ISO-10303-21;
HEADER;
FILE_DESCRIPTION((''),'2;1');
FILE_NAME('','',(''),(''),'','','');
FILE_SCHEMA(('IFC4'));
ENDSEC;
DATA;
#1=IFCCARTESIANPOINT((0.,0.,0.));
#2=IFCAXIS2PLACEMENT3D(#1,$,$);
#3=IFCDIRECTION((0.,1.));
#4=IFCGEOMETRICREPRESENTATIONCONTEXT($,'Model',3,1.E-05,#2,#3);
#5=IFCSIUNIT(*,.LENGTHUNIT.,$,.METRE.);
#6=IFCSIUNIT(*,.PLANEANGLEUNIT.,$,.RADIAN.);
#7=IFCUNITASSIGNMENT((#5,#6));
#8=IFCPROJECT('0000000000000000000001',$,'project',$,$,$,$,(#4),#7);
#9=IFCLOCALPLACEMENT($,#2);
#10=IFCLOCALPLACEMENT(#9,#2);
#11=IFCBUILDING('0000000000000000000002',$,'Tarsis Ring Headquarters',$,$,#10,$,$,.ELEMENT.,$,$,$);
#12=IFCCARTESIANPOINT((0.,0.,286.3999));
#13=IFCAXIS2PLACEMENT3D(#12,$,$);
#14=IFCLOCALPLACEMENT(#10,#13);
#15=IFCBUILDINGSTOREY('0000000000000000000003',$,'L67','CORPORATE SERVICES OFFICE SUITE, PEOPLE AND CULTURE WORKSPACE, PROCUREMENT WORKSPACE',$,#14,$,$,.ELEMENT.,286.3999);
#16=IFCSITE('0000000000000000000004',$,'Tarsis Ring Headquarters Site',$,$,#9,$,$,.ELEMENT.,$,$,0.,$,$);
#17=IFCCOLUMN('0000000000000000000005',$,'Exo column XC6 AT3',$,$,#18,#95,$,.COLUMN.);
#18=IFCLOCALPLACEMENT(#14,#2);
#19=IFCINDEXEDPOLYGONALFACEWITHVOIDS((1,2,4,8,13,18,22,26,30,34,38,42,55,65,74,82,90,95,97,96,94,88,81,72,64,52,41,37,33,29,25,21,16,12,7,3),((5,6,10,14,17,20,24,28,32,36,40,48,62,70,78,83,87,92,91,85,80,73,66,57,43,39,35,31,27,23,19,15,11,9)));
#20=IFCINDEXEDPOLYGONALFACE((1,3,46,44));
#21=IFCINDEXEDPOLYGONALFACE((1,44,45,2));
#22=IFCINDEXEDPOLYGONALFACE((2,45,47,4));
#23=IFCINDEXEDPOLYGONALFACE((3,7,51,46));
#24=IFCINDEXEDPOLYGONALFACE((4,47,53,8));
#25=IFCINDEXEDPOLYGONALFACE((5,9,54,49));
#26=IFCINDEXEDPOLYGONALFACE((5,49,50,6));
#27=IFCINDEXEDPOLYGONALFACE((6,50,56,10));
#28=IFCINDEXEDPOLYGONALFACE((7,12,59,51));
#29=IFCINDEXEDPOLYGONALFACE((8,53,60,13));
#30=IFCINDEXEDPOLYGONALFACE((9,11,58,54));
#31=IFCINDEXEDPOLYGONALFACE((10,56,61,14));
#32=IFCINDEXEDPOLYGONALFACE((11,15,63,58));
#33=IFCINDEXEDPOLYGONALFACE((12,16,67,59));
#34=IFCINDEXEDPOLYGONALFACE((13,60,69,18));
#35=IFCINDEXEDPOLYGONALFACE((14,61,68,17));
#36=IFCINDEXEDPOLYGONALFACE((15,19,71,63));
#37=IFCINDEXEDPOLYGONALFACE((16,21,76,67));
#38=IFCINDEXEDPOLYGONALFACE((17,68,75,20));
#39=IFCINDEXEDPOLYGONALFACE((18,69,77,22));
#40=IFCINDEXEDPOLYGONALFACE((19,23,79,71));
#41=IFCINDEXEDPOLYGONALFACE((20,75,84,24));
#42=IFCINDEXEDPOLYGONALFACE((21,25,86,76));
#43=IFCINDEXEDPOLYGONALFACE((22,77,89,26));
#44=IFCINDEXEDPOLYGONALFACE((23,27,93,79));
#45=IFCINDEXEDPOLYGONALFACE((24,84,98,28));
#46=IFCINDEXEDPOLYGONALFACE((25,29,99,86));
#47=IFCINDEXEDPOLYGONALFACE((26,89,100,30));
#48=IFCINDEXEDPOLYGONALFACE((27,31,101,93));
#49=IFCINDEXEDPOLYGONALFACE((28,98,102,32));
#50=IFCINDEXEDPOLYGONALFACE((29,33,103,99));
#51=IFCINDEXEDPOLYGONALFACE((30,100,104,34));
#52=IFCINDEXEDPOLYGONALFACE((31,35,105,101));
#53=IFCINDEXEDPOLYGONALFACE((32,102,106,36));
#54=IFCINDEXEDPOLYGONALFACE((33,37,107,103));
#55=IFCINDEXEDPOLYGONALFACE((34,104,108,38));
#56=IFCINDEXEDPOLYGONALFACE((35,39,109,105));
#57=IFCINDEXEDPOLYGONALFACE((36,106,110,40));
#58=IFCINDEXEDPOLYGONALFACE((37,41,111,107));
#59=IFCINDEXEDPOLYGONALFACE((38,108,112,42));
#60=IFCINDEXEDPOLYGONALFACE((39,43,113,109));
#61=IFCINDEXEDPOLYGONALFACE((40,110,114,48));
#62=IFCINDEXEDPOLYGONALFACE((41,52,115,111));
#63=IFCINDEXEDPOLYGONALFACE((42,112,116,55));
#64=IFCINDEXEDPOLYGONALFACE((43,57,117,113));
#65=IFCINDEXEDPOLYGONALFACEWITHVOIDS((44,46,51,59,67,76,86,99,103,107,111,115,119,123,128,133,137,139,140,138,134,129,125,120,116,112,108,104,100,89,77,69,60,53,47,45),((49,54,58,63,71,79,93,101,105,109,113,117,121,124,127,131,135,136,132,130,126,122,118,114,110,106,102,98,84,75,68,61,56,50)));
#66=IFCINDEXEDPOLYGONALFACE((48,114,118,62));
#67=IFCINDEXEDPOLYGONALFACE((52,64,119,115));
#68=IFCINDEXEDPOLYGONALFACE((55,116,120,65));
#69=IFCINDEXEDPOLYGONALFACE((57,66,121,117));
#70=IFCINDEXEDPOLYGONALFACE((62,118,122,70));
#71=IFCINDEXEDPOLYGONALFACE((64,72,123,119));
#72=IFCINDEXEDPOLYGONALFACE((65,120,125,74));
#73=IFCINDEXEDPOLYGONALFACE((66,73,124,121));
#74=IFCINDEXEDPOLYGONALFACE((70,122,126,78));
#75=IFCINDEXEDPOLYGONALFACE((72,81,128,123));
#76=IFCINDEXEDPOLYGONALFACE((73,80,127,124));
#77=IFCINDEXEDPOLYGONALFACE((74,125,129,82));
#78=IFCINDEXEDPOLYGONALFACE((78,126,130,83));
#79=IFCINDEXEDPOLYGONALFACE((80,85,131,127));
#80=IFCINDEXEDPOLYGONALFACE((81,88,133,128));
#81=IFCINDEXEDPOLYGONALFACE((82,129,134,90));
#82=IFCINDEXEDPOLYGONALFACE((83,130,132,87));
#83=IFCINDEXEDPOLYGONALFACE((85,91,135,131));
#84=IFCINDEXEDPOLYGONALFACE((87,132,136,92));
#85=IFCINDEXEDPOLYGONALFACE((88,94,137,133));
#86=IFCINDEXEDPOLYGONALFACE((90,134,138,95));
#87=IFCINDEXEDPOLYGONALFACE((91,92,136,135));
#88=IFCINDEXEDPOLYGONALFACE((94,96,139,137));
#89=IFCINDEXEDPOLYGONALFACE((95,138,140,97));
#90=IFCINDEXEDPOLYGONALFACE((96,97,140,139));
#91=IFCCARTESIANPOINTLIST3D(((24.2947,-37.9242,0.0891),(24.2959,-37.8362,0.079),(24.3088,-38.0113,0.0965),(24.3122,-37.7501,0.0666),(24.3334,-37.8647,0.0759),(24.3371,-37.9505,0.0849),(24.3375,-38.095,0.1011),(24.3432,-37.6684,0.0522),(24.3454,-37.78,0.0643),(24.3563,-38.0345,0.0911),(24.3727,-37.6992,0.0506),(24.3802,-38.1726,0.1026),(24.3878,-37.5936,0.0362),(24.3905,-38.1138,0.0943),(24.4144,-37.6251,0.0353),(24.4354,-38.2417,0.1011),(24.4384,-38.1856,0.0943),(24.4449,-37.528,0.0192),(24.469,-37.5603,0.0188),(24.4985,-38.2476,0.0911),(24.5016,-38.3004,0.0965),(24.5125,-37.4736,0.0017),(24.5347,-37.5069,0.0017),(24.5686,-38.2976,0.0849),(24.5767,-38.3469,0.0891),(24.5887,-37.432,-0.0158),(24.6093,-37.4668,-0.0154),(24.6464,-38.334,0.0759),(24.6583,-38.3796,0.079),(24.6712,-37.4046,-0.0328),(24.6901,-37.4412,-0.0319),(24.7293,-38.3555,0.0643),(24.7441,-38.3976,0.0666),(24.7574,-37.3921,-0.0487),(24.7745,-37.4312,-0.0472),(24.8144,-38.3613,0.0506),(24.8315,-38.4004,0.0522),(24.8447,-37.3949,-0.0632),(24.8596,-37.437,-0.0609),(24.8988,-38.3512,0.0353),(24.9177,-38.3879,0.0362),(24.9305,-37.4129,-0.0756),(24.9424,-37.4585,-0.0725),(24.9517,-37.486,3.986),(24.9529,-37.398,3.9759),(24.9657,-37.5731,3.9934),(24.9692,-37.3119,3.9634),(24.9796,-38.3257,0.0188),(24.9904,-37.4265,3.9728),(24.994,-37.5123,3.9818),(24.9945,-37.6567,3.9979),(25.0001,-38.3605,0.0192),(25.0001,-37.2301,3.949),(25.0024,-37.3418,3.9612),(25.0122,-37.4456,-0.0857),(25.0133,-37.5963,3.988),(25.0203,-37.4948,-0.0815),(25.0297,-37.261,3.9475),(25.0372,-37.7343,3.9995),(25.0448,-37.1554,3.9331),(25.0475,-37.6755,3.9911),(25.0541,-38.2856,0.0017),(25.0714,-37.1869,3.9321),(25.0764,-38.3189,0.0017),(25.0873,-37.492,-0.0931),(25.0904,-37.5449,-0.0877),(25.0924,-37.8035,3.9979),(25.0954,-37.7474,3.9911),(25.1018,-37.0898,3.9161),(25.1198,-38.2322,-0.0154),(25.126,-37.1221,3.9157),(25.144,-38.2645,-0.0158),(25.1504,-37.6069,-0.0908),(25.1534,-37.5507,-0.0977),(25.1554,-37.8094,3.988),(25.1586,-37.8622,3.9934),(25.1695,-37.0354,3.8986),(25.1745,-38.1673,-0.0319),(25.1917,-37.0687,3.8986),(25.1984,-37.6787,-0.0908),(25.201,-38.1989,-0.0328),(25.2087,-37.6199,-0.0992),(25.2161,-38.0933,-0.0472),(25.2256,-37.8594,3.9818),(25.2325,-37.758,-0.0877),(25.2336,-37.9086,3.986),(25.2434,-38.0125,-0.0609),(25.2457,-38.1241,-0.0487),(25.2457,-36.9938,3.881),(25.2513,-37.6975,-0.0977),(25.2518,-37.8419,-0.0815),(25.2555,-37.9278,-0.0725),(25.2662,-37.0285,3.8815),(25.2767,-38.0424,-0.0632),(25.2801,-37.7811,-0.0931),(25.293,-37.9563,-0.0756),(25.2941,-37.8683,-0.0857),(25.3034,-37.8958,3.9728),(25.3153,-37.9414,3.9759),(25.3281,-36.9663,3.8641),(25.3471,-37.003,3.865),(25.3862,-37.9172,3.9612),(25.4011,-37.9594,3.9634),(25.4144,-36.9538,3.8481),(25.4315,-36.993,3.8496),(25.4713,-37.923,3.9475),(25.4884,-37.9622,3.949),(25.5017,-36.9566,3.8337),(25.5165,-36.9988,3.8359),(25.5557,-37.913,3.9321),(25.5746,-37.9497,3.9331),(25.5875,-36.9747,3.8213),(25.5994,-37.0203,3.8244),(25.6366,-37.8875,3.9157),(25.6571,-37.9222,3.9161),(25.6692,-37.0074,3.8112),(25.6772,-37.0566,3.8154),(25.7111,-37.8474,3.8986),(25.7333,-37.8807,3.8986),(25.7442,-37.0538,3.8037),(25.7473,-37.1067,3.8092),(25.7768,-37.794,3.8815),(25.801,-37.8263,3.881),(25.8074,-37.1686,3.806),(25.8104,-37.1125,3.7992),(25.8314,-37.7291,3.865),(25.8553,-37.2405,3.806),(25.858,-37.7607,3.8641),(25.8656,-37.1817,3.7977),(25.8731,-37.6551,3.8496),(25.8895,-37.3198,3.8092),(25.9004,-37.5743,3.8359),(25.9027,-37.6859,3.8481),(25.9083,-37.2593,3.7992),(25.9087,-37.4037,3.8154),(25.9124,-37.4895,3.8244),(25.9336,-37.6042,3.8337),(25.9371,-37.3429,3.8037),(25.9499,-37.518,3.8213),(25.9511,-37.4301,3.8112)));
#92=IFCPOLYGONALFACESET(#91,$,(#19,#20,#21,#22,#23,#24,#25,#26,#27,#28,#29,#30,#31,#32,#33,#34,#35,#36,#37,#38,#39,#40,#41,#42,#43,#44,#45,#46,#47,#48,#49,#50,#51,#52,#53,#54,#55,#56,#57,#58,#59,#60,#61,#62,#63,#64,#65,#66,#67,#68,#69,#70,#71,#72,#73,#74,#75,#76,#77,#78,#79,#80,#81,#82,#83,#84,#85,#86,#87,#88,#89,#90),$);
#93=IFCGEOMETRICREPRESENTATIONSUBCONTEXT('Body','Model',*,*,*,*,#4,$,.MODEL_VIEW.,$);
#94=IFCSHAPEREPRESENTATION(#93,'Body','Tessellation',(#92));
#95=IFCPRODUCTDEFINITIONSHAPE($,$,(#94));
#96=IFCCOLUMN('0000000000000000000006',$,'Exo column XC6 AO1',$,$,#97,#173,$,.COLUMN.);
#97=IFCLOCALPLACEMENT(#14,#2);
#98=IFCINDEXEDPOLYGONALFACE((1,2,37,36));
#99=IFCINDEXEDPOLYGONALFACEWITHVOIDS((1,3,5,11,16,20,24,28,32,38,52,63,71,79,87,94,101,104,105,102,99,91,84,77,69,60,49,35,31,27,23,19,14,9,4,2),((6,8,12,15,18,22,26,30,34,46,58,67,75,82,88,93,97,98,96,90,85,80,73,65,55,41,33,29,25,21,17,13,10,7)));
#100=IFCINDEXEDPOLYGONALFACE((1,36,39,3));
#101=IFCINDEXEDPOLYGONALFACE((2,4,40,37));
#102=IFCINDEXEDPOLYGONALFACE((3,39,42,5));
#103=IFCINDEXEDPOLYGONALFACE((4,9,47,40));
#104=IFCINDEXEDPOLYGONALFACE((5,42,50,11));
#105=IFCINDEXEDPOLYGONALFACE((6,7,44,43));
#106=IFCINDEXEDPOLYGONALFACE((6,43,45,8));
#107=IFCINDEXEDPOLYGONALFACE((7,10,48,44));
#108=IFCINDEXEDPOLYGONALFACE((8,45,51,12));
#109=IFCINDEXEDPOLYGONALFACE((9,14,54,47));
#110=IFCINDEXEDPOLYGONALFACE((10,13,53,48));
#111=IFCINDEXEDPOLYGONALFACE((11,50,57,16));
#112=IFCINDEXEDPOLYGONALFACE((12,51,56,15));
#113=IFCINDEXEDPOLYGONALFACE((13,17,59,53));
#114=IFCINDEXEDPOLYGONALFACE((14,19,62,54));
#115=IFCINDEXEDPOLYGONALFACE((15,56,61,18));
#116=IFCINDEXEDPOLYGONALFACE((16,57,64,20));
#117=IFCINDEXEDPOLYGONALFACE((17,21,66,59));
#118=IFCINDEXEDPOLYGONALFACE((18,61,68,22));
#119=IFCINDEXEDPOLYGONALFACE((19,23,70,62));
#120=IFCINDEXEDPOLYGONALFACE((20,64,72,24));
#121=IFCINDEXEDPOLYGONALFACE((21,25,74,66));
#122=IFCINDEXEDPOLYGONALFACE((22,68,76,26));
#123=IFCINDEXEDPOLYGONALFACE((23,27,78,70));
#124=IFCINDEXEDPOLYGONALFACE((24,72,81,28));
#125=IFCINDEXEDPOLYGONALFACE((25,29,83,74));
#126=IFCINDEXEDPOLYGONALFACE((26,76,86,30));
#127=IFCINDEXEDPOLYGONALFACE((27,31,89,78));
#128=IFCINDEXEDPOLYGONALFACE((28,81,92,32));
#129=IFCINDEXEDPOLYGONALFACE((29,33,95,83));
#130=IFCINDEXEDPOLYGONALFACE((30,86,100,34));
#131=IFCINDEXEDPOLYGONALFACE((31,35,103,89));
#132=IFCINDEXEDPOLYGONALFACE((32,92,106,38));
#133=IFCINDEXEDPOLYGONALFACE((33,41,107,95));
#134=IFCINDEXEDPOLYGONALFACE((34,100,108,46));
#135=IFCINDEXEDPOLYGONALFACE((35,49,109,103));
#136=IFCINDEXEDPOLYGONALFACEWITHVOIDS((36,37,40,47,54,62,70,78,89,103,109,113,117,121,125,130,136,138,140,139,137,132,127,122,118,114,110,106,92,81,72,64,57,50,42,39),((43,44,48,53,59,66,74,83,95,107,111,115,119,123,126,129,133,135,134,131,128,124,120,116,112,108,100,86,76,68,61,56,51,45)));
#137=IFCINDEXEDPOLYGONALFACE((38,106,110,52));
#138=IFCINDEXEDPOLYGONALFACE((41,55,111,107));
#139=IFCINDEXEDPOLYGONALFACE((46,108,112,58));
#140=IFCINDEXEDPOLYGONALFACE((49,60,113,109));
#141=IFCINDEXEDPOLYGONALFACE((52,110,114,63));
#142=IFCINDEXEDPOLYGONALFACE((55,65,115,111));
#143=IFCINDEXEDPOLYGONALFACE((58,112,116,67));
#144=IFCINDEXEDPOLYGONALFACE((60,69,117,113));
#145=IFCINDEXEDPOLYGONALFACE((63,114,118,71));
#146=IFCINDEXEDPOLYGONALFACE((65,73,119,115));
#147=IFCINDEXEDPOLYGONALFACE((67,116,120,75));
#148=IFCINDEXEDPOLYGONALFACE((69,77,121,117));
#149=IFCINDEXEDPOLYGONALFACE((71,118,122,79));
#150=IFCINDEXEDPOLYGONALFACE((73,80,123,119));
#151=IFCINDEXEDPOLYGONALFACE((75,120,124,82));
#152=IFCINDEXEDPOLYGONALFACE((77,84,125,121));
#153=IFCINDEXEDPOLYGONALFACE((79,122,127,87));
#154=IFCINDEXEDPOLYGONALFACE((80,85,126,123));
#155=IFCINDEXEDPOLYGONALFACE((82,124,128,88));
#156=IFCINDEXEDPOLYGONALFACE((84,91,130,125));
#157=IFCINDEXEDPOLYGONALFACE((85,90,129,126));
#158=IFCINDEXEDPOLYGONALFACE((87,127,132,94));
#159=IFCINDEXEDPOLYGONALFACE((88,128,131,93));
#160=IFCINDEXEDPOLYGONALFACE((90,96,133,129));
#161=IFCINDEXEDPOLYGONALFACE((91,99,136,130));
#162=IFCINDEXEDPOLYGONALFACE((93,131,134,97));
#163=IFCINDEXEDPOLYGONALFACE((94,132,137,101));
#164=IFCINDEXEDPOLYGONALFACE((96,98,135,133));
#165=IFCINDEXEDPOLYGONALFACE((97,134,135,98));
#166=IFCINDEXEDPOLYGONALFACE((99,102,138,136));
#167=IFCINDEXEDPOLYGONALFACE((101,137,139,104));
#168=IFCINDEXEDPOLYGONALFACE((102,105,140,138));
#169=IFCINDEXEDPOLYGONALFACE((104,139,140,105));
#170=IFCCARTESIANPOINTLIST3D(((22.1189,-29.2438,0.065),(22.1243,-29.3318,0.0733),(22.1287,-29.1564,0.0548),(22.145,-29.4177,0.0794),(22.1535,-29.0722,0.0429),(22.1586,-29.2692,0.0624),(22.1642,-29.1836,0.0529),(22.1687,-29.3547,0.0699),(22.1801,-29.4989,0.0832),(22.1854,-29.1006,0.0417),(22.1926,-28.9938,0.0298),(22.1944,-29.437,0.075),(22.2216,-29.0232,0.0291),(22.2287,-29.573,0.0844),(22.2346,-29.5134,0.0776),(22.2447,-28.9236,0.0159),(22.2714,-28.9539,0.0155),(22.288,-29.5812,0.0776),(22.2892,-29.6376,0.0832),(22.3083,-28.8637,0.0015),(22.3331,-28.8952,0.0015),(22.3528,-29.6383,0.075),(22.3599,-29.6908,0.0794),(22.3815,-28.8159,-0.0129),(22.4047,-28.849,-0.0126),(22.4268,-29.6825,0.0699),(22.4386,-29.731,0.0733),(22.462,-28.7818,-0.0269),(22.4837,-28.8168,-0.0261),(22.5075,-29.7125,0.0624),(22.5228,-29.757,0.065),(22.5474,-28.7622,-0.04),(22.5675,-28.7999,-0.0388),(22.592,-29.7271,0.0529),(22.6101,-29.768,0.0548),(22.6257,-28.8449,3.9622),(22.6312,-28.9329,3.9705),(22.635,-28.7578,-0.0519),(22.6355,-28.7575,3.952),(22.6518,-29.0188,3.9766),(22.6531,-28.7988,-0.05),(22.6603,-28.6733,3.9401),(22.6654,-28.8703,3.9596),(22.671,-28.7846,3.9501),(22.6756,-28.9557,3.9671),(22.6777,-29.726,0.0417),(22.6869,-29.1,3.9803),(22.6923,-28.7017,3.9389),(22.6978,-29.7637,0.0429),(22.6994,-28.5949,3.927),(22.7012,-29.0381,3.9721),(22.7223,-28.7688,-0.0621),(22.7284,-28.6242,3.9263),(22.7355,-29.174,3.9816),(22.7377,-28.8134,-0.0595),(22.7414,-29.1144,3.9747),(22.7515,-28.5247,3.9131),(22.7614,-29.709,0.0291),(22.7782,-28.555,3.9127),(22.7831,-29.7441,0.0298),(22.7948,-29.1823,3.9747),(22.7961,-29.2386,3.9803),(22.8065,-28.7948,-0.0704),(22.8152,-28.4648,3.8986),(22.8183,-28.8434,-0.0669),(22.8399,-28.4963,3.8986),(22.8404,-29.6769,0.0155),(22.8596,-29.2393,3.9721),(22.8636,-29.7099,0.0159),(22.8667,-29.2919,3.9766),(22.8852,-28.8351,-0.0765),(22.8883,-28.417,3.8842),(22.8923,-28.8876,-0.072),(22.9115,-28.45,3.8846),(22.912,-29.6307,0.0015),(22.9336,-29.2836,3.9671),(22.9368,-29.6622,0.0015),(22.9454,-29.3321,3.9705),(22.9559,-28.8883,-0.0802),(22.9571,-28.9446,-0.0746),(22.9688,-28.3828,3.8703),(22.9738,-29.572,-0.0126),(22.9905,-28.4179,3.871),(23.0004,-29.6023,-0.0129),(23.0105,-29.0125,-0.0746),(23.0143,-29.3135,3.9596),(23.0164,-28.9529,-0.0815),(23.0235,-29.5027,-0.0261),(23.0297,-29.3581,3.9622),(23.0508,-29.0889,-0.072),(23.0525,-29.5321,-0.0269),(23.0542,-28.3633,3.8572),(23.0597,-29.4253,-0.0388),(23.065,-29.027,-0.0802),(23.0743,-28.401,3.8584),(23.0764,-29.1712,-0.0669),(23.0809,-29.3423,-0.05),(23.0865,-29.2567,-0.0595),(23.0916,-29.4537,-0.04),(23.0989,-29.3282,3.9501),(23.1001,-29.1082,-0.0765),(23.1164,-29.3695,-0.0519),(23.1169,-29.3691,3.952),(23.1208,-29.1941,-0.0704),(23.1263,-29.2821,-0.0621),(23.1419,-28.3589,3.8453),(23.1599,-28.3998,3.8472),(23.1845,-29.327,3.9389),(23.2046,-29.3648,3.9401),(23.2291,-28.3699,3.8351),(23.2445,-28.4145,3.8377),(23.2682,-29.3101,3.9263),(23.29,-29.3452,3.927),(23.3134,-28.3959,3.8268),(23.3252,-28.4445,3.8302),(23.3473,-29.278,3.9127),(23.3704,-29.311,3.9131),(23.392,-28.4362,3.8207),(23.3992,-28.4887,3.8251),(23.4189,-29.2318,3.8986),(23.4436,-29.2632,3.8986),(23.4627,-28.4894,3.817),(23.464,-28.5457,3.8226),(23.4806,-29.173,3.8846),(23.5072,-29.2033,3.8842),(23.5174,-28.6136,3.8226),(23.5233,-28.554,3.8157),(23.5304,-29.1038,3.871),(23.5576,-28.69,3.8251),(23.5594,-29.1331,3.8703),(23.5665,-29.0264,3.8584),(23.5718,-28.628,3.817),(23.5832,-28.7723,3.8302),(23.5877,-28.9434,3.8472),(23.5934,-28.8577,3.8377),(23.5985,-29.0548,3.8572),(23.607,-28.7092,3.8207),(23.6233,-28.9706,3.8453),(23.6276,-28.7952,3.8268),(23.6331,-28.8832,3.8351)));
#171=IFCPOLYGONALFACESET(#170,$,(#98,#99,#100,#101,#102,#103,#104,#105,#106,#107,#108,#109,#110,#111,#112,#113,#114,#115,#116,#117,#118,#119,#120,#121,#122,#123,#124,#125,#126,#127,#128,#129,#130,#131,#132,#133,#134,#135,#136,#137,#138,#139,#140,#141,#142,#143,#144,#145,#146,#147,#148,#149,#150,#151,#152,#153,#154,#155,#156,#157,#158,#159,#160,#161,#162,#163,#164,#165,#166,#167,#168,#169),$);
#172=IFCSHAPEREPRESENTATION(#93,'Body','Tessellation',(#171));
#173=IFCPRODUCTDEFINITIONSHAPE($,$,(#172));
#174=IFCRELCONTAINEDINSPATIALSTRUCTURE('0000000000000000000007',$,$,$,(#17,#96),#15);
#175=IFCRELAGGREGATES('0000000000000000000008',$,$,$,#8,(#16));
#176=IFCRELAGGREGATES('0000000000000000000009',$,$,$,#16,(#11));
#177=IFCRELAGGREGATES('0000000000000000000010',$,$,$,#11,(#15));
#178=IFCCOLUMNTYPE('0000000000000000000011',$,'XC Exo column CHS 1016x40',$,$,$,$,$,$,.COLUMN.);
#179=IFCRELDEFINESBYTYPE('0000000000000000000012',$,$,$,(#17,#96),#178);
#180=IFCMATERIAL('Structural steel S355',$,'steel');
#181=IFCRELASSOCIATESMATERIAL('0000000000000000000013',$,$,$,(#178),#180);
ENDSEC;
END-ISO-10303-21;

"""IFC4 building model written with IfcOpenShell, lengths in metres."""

from ifc_helpers import new_model, si_unit, direction, frame, origin, origin_2d, place, context, subcontext, project, spatial, hollow_circle, extrude, material, material_profile, profile_set, type_object, element, save


model = new_model("IFC4")

# Units and contexts
model_context = context("Model", 3, precision=1e-05, world=origin(), true_north=direction((0.0, 1.0)))
body_context = subcontext(model_context, "Body", "Model", "MODEL_VIEW")
ifc_project = project(units=[si_unit("LENGTHUNIT", "METRE"), si_unit("PLANEANGLEUNIT", "RADIAN")], contexts=[model_context])

# Site, building, storey
site_placement = place(None, origin())
site = spatial("IfcSite", under=ifc_project, at=site_placement, Name="Tarsis Ring Headquarters Site", CompositionType="ELEMENT", RefElevation=0.0)
building_placement = place(site_placement, origin())
building = spatial("IfcBuilding", under=site, at=building_placement, Name="Tarsis Ring Headquarters", CompositionType="ELEMENT")
storey_placement = place(building_placement, frame((0.0, 0.0, 286.3999)))
storey = spatial("IfcBuildingStorey", under=building, at=storey_placement, Name="L67", Description="CORPORATE SERVICES OFFICE SUITE, PEOPLE AND CULTURE WORKSPACE, PROCUREMENT WORKSPACE", CompositionType="ELEMENT", Elevation=286.3999)

# Columns
ifc_material_1 = material(Name="Structural steel S355", Category="steel")
ifc_material_profile_1 = material_profile(ifc_material_1, hollow_circle(Radius=0.5081, WallThickness=0.04, at=origin_2d()), Name="CHS 1016x40")
ifc_profile_set_1 = profile_set([ifc_material_profile_1], Name="Structural steel S355")
column_type = type_object("IfcColumnType", Name="XC Exo column CHS 1016x40", PredefinedType="COLUMN", material=ifc_profile_set_1)
column_1_placement = place(storey_placement, frame((24.7944, -37.8962, 0.0017), z_axis=(0.165229, 0.110214, 0.980078), x_axis=(-0.554914, 0.831908, 0.0)))
element("IfcColumn", 1, at=column_1_placement, inside=storey, type_object=column_type, Name="Exo column XC6 AT3", PredefinedType="COLUMN", context=body_context, shape_type="SweptSolid", body=[
    extrude(hollow_circle(Radius=0.5081, WallThickness=0.04, at=origin_2d()), origin(), (0.0, 0.0, 1.0), 3.9761),
])
column_2_placement = place(storey_placement, frame((22.6226, -29.2629, 0.0015), z_axis=(0.128305, 0.100988, 0.98658), x_axis=(-0.61849, 0.785793, 0.0)))
element("IfcColumn", 2, at=column_2_placement, inside=storey, type_object=column_type, Name="Exo column XC6 AO1", PredefinedType="COLUMN", context=body_context, shape_type="SweptSolid", body=[
    extrude(hollow_circle(Radius=0.5081, WallThickness=0.04, at=origin_2d()), origin(), (0.0, 0.0, 1.0), 3.9502),
])

save(model, "model.ifc")
